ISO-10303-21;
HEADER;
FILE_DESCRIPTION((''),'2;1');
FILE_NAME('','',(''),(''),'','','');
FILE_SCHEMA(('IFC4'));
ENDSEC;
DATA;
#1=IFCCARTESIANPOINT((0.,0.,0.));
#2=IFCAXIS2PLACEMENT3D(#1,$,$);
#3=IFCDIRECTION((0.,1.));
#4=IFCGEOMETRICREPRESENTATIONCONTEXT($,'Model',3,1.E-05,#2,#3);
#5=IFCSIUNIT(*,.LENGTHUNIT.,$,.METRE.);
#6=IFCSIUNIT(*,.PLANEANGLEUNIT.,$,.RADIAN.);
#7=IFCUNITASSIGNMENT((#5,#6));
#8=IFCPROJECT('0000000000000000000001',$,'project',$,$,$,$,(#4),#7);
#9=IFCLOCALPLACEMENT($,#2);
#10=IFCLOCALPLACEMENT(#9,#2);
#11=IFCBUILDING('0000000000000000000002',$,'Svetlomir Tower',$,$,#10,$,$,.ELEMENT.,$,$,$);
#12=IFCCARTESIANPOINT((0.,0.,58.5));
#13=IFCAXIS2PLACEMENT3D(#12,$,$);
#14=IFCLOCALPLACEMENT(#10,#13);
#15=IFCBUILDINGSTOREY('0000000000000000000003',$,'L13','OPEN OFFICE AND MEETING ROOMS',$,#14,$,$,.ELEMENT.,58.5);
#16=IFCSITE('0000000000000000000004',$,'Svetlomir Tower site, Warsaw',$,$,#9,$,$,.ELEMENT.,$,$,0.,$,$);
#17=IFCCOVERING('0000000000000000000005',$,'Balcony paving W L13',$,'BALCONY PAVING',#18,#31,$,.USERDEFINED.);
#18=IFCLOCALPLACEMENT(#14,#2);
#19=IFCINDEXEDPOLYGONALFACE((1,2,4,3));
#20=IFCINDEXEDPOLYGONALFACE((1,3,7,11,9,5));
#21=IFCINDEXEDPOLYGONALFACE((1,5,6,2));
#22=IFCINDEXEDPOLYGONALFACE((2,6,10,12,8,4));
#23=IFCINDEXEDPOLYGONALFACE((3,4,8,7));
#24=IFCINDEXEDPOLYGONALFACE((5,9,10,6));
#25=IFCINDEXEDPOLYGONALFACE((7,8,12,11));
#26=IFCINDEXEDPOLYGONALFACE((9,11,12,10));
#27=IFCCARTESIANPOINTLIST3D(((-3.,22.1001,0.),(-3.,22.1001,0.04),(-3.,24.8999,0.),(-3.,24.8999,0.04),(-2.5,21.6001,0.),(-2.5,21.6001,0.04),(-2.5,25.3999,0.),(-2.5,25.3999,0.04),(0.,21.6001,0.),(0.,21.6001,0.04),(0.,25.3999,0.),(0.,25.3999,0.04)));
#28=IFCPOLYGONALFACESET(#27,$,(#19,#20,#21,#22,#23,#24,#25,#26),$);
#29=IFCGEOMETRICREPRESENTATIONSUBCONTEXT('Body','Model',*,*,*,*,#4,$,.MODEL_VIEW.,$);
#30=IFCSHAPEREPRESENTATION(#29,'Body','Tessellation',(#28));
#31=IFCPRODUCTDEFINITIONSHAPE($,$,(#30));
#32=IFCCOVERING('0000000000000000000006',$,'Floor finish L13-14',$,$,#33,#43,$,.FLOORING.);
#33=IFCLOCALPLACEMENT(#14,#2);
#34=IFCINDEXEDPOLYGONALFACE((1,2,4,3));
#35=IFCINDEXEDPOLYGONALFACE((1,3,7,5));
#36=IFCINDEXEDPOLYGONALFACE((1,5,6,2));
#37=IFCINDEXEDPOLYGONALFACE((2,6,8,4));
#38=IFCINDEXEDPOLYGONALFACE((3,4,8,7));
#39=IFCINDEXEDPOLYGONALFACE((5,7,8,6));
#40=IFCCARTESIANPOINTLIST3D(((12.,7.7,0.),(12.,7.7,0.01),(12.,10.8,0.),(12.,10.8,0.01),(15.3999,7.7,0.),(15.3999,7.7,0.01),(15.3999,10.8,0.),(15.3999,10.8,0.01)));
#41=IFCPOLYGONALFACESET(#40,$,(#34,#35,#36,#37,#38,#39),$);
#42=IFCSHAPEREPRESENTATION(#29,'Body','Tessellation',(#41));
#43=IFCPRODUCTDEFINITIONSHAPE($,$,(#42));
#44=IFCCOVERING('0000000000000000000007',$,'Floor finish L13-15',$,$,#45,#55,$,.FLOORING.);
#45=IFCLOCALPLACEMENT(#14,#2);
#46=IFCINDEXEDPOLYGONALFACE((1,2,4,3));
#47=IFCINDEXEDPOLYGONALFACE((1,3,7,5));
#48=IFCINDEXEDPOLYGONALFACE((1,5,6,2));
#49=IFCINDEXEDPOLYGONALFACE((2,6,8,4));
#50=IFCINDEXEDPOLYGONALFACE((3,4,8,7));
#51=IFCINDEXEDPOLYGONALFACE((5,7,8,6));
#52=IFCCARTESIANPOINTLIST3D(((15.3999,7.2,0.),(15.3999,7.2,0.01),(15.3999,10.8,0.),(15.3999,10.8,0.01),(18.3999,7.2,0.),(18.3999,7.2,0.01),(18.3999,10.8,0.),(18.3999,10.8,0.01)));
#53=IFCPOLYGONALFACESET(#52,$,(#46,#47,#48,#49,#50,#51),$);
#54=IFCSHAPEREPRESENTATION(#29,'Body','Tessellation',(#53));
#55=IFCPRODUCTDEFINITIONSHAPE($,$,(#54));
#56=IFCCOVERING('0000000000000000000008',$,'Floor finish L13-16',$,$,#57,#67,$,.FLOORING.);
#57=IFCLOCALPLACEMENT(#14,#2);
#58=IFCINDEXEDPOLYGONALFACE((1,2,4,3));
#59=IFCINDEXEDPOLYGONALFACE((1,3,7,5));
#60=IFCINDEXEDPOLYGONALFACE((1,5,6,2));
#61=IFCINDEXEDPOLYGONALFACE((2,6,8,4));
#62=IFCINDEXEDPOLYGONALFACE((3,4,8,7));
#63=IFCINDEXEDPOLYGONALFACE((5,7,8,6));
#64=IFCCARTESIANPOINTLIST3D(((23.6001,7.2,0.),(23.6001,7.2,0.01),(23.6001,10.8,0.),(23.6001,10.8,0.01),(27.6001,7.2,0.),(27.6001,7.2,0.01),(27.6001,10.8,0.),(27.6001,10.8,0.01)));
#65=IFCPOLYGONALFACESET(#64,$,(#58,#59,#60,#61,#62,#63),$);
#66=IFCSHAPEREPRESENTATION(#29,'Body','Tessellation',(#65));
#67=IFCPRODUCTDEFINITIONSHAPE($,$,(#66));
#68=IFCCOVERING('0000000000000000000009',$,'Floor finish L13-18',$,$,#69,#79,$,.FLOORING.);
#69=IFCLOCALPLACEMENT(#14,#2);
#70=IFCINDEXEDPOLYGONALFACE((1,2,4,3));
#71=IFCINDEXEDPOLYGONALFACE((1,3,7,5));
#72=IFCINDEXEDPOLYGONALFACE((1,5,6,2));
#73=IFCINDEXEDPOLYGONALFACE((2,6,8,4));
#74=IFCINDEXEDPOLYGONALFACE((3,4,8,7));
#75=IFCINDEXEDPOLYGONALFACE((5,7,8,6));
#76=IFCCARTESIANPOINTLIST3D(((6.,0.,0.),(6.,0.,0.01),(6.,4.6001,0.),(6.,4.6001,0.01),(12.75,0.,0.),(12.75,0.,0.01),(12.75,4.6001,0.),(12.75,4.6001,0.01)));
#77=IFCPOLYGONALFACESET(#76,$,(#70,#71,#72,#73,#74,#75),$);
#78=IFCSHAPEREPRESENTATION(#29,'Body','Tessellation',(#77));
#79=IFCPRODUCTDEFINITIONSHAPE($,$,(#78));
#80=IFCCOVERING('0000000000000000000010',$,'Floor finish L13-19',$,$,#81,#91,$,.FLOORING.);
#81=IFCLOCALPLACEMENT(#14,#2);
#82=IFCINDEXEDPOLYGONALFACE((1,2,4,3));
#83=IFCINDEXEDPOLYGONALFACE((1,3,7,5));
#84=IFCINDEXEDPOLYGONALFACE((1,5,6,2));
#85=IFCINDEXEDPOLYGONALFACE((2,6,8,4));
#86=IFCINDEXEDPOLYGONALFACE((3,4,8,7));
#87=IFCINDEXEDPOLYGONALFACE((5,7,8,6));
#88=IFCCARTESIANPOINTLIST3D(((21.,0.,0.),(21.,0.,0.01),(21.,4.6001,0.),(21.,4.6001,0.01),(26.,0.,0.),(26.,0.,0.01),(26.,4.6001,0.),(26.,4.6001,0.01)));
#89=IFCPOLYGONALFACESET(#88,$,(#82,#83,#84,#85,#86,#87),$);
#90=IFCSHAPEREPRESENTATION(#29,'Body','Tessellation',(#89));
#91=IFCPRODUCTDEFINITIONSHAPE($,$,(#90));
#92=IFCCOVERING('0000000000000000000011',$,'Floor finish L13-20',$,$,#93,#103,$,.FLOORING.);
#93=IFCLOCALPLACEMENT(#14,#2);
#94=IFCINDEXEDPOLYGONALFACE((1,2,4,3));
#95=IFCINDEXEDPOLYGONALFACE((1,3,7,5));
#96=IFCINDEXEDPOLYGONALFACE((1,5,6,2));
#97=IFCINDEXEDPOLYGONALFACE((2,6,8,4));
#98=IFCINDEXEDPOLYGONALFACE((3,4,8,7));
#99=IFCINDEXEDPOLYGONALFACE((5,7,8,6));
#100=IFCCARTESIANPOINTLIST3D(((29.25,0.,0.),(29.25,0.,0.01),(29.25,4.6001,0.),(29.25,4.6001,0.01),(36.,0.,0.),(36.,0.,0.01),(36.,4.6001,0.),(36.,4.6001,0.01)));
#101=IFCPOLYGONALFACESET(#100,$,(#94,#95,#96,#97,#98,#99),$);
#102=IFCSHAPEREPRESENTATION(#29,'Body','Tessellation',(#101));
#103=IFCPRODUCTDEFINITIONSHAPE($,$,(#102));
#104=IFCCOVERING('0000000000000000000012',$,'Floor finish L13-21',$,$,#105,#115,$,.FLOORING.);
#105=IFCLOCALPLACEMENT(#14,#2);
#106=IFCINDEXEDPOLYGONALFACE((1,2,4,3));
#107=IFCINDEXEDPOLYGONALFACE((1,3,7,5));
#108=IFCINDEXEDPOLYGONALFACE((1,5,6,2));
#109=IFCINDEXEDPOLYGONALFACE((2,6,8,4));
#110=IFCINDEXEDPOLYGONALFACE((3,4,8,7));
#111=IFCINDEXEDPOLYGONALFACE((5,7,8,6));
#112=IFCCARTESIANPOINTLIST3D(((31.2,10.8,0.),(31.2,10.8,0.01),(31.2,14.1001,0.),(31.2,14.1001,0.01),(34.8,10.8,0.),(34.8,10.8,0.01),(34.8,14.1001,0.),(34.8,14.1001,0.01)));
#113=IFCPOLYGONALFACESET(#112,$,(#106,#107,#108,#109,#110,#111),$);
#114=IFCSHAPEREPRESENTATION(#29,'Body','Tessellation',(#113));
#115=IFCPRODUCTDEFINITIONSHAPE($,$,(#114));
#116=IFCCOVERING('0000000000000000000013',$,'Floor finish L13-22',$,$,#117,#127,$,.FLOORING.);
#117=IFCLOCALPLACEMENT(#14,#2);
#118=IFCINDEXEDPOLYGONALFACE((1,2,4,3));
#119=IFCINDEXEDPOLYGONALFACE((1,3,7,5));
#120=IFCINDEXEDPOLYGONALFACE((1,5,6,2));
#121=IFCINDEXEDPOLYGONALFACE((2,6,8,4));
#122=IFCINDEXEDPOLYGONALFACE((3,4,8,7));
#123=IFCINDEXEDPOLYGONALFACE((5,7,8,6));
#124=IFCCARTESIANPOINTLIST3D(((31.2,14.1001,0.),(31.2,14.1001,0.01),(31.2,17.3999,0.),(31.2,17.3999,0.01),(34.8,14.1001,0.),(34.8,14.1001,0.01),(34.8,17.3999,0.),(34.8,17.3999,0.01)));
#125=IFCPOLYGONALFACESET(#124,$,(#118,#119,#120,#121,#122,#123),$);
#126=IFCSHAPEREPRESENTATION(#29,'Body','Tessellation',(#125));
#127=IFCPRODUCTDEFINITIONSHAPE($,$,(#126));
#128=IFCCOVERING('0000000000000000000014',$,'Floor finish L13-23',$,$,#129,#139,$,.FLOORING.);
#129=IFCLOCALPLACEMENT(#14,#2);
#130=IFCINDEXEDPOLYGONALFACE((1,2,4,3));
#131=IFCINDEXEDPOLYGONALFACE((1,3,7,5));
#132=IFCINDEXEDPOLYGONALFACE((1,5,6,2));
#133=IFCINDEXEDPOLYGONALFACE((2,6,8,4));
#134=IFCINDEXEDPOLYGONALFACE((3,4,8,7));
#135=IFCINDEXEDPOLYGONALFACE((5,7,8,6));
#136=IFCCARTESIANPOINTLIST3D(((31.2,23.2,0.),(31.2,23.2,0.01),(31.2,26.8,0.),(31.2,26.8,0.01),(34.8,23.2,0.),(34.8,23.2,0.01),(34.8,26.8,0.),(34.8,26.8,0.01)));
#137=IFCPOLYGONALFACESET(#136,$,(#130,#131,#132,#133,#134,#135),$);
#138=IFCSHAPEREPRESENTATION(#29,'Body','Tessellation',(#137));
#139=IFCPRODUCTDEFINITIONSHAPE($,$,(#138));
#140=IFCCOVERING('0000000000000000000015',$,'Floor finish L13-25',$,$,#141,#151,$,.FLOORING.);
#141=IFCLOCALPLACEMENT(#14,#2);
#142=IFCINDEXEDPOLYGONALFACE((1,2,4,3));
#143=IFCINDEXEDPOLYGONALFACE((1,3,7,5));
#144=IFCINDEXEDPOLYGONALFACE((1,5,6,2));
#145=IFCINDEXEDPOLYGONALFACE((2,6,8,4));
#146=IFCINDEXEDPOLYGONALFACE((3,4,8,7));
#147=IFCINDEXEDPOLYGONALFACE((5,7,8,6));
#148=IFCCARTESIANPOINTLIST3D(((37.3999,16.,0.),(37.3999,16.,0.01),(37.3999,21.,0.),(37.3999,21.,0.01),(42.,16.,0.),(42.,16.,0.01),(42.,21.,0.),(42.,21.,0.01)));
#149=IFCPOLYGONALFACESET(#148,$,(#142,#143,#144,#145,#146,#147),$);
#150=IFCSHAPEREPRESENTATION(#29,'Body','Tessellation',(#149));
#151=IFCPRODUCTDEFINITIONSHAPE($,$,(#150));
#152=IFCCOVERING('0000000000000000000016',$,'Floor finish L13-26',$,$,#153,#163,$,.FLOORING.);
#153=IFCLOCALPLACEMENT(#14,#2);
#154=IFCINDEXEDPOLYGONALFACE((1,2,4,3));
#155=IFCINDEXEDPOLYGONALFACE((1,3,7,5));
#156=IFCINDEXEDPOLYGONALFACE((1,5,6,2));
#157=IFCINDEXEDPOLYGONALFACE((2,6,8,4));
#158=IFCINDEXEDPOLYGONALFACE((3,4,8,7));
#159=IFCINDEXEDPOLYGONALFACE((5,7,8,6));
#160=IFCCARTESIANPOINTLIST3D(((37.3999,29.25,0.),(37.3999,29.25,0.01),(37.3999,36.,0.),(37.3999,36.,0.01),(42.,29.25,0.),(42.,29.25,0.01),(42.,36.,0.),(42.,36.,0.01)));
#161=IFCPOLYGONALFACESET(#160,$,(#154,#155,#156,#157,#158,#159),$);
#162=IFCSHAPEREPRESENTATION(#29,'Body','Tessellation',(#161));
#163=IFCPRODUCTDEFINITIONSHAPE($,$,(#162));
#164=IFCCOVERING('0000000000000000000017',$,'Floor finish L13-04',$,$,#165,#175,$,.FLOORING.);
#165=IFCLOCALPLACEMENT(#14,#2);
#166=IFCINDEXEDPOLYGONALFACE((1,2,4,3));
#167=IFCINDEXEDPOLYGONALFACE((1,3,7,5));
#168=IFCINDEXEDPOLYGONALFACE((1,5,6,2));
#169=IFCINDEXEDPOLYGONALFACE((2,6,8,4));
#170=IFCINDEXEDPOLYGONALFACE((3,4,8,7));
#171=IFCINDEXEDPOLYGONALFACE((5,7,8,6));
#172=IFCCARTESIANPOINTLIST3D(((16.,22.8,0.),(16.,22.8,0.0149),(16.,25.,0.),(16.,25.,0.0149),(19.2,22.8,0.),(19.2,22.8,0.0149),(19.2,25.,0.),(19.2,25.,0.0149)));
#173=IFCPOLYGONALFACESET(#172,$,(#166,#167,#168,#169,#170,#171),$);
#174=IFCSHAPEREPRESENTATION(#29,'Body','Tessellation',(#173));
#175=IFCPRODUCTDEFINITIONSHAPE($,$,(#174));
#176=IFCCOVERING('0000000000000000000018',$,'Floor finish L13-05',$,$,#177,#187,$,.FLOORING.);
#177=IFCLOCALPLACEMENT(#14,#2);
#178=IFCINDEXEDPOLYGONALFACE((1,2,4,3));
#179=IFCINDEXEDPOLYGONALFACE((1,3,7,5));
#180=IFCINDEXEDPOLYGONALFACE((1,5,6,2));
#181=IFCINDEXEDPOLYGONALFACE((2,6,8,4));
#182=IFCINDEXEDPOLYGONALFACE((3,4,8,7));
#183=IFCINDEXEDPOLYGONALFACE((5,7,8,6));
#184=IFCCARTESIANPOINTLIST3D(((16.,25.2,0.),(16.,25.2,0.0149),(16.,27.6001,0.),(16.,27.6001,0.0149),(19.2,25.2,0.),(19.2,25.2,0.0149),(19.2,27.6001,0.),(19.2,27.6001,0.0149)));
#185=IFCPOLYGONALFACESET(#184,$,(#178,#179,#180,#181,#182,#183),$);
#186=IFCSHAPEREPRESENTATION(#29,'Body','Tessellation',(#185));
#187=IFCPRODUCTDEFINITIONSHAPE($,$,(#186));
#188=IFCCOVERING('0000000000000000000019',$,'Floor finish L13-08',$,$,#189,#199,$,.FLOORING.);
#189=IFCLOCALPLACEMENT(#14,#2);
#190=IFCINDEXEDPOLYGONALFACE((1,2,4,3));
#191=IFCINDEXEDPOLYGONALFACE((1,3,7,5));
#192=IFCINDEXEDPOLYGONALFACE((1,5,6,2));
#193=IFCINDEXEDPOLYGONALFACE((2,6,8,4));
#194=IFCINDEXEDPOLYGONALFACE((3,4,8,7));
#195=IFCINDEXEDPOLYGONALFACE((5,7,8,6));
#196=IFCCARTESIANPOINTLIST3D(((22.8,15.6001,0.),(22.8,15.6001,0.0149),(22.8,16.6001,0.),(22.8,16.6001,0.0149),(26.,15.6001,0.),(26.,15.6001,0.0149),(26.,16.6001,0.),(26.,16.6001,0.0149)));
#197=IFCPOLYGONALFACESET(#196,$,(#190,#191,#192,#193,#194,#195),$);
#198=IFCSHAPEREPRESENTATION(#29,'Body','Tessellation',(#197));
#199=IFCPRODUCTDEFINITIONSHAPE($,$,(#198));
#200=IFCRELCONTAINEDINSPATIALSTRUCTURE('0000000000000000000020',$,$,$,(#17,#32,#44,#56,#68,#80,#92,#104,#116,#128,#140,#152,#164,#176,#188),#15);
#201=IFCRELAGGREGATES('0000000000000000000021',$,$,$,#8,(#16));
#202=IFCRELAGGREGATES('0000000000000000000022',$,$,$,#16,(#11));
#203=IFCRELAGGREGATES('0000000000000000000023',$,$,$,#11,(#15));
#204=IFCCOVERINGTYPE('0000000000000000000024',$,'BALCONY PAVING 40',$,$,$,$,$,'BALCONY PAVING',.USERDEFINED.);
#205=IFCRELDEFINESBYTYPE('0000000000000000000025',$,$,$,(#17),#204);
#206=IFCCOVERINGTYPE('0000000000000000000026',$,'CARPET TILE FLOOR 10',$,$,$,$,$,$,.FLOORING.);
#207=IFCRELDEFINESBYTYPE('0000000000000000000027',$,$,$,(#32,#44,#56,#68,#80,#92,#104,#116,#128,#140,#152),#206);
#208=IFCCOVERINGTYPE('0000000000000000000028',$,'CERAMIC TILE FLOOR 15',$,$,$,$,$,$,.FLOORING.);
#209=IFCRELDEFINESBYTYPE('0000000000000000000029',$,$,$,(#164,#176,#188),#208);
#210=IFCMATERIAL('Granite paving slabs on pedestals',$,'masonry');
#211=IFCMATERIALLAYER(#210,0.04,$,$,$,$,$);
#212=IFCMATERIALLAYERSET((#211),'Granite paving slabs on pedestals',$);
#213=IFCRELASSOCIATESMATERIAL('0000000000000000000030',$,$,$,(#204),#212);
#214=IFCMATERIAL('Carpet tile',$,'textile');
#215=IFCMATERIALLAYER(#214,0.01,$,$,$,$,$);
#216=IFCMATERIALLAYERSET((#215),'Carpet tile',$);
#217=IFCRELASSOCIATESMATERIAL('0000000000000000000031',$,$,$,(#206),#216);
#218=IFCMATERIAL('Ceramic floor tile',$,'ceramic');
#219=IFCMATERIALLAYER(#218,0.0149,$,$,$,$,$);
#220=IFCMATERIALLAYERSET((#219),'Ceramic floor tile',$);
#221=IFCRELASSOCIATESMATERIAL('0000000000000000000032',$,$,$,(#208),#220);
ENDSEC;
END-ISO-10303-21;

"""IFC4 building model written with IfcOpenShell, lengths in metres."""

from ifc_helpers import new_model, si_unit, direction, frame, origin, place, context, subcontext, project, spatial, polyline, outline, extrude, material, layer, layer_set, type_object, element, save


model = new_model("IFC4")

# Units and contexts
model_context = context("Model", 3, precision=1e-05, world=origin(), true_north=direction((0.0, 1.0)))
body_context = subcontext(model_context, "Body", "Model", "MODEL_VIEW")
ifc_project = project(units=[si_unit("LENGTHUNIT", "METRE"), si_unit("PLANEANGLEUNIT", "RADIAN")], contexts=[model_context])

# Site, building, storey
site_placement = place(None, origin())
site = spatial("IfcSite", under=ifc_project, at=site_placement, Name="Svetlomir Tower site, Warsaw", CompositionType="ELEMENT", RefElevation=0.0)
building_placement = place(site_placement, origin())
building = spatial("IfcBuilding", under=site, at=building_placement, Name="Svetlomir Tower", CompositionType="ELEMENT")
storey_placement = place(building_placement, frame((0.0, 0.0, 58.5)))
storey = spatial("IfcBuildingStorey", under=building, at=storey_placement, Name="L13", Description="OPEN OFFICE AND MEETING ROOMS", CompositionType="ELEMENT", Elevation=58.5)

# Coverings
ifc_material_1 = material(Name="Granite paving slabs on pedestals", Category="masonry")
ifc_layer_1 = layer(ifc_material_1, 0.04)
ifc_layer_set_1 = layer_set([ifc_layer_1], Name="Granite paving slabs on pedestals")
covering_type_1 = type_object("IfcCoveringType", Name="BALCONY PAVING 40", ElementType="BALCONY PAVING", PredefinedType="USERDEFINED", material=ifc_layer_set_1)
covering_1_placement = place(storey_placement, origin())
element("IfcCovering", 1, at=covering_1_placement, inside=storey, type_object=covering_type_1, Name="Balcony paving W L13", ObjectType="BALCONY PAVING", PredefinedType="USERDEFINED", context=body_context, shape_type="SweptSolid", body=[
    extrude(outline(polyline([(-2.5, 21.6001), (0.0, 21.6001), (0.0, 25.3999), (-2.5, 25.3999), (-3.0, 24.8999), (-3.0, 22.1001), (-2.5, 21.6001)])), origin(), (0.0, 0.0, 1.0), 0.04),
])
ifc_material_2 = material(Name="Carpet tile", Category="textile")
ifc_layer_2 = layer(ifc_material_2, 0.01)
ifc_layer_set_2 = layer_set([ifc_layer_2], Name="Carpet tile")
covering_type_2 = type_object("IfcCoveringType", Name="CARPET TILE FLOOR 10", PredefinedType="FLOORING", material=ifc_layer_set_2)
covering_2_placement = place(storey_placement, origin())
element("IfcCovering", 2, at=covering_2_placement, inside=storey, type_object=covering_type_2, Name="Floor finish L13-14", PredefinedType="FLOORING", context=body_context, shape_type="SweptSolid", body=[
    extrude(outline(polyline([(12.0, 7.7), (15.3999, 7.7), (15.3999, 10.8), (12.0, 10.8), (12.0, 7.7)])), origin(), (0.0, 0.0, 1.0), 0.01),
])
covering_3_placement = place(storey_placement, origin())
element("IfcCovering", 3, at=covering_3_placement, inside=storey, type_object=covering_type_2, Name="Floor finish L13-15", PredefinedType="FLOORING", context=body_context, shape_type="SweptSolid", body=[
    extrude(outline(polyline([(15.3999, 7.2), (18.3999, 7.2), (18.3999, 10.8), (15.3999, 10.8), (15.3999, 7.2)])), origin(), (0.0, 0.0, 1.0), 0.01),
])
covering_4_placement = place(storey_placement, origin())
element("IfcCovering", 4, at=covering_4_placement, inside=storey, type_object=covering_type_2, Name="Floor finish L13-16", PredefinedType="FLOORING", context=body_context, shape_type="SweptSolid", body=[
    extrude(outline(polyline([(23.6001, 7.2), (27.6001, 7.2), (27.6001, 10.8), (23.6001, 10.8), (23.6001, 7.2)])), origin(), (0.0, 0.0, 1.0), 0.01),
])
covering_5_placement = place(storey_placement, origin())
element("IfcCovering", 5, at=covering_5_placement, inside=storey, type_object=covering_type_2, Name="Floor finish L13-18", PredefinedType="FLOORING", context=body_context, shape_type="SweptSolid", body=[
    extrude(outline(polyline([(6.0, 0.0), (12.75, 0.0), (12.75, 4.6001), (6.0, 4.6001), (6.0, 0.0)])), origin(), (0.0, 0.0, 1.0), 0.01),
])
covering_6_placement = place(storey_placement, origin())
element("IfcCovering", 6, at=covering_6_placement, inside=storey, type_object=covering_type_2, Name="Floor finish L13-19", PredefinedType="FLOORING", context=body_context, shape_type="SweptSolid", body=[
    extrude(outline(polyline([(21.0, 0.0), (26.0, 0.0), (26.0, 4.6001), (21.0, 4.6001), (21.0, 0.0)])), origin(), (0.0, 0.0, 1.0), 0.01),
])
covering_7_placement = place(storey_placement, origin())
element("IfcCovering", 7, at=covering_7_placement, inside=storey, type_object=covering_type_2, Name="Floor finish L13-20", PredefinedType="FLOORING", context=body_context, shape_type="SweptSolid", body=[
    extrude(outline(polyline([(29.25, 0.0), (36.0, 0.0), (36.0, 4.6001), (29.25, 4.6001), (29.25, 0.0)])), origin(), (0.0, 0.0, 1.0), 0.01),
])
covering_8_placement = place(storey_placement, origin())
element("IfcCovering", 8, at=covering_8_placement, inside=storey, type_object=covering_type_2, Name="Floor finish L13-21", PredefinedType="FLOORING", context=body_context, shape_type="SweptSolid", body=[
    extrude(outline(polyline([(31.2, 10.8), (34.8, 10.8), (34.8, 14.1001), (31.2, 14.1001), (31.2, 10.8)])), origin(), (0.0, 0.0, 1.0), 0.01),
])
covering_9_placement = place(storey_placement, origin())
element("IfcCovering", 9, at=covering_9_placement, inside=storey, type_object=covering_type_2, Name="Floor finish L13-22", PredefinedType="FLOORING", context=body_context, shape_type="SweptSolid", body=[
    extrude(outline(polyline([(31.2, 14.1001), (34.8, 14.1001), (34.8, 17.3999), (31.2, 17.3999), (31.2, 14.1001)])), origin(), (0.0, 0.0, 1.0), 0.01),
])
covering_10_placement = place(storey_placement, origin())
element("IfcCovering", 10, at=covering_10_placement, inside=storey, type_object=covering_type_2, Name="Floor finish L13-23", PredefinedType="FLOORING", context=body_context, shape_type="SweptSolid", body=[
    extrude(outline(polyline([(31.2, 23.2), (34.8, 23.2), (34.8, 26.8), (31.2, 26.8), (31.2, 23.2)])), origin(), (0.0, 0.0, 1.0), 0.01),
])
covering_11_placement = place(storey_placement, origin())
element("IfcCovering", 11, at=covering_11_placement, inside=storey, type_object=covering_type_2, Name="Floor finish L13-25", PredefinedType="FLOORING", context=body_context, shape_type="SweptSolid", body=[
    extrude(outline(polyline([(37.3999, 16.0), (42.0, 16.0), (42.0, 21.0), (37.3999, 21.0), (37.3999, 16.0)])), origin(), (0.0, 0.0, 1.0), 0.01),
])
covering_12_placement = place(storey_placement, origin())
element("IfcCovering", 12, at=covering_12_placement, inside=storey, type_object=covering_type_2, Name="Floor finish L13-26", PredefinedType="FLOORING", context=body_context, shape_type="SweptSolid", body=[
    extrude(outline(polyline([(37.3999, 29.25), (42.0, 29.25), (42.0, 36.0), (37.3999, 36.0), (37.3999, 29.25)])), origin(), (0.0, 0.0, 1.0), 0.01),
])
ifc_material_3 = material(Name="Ceramic floor tile", Category="ceramic")
ifc_layer_3 = layer(ifc_material_3, 0.0149)
ifc_layer_set_3 = layer_set([ifc_layer_3], Name="Ceramic floor tile")
covering_type_3 = type_object("IfcCoveringType", Name="CERAMIC TILE FLOOR 15", PredefinedType="FLOORING", material=ifc_layer_set_3)
covering_13_placement = place(storey_placement, origin())
element("IfcCovering", 13, at=covering_13_placement, inside=storey, type_object=covering_type_3, Name="Floor finish L13-04", PredefinedType="FLOORING", context=body_context, shape_type="SweptSolid", body=[
    extrude(outline(polyline([(16.0, 22.8), (19.2, 22.8), (19.2, 25.0), (16.0, 25.0), (16.0, 22.8)])), origin(), (0.0, 0.0, 1.0), 0.0149),
])
covering_14_placement = place(storey_placement, origin())
element("IfcCovering", 14, at=covering_14_placement, inside=storey, type_object=covering_type_3, Name="Floor finish L13-05", PredefinedType="FLOORING", context=body_context, shape_type="SweptSolid", body=[
    extrude(outline(polyline([(16.0, 25.2), (19.2, 25.2), (19.2, 27.6001), (16.0, 27.6001), (16.0, 25.2)])), origin(), (0.0, 0.0, 1.0), 0.0149),
])
covering_15_placement = place(storey_placement, origin())
element("IfcCovering", 15, at=covering_15_placement, inside=storey, type_object=covering_type_3, Name="Floor finish L13-08", PredefinedType="FLOORING", context=body_context, shape_type="SweptSolid", body=[
    extrude(outline(polyline([(22.8, 15.6001), (26.0, 15.6001), (26.0, 16.6001), (22.8, 16.6001), (22.8, 15.6001)])), origin(), (0.0, 0.0, 1.0), 0.0149),
])

save(model, "model.ifc")
